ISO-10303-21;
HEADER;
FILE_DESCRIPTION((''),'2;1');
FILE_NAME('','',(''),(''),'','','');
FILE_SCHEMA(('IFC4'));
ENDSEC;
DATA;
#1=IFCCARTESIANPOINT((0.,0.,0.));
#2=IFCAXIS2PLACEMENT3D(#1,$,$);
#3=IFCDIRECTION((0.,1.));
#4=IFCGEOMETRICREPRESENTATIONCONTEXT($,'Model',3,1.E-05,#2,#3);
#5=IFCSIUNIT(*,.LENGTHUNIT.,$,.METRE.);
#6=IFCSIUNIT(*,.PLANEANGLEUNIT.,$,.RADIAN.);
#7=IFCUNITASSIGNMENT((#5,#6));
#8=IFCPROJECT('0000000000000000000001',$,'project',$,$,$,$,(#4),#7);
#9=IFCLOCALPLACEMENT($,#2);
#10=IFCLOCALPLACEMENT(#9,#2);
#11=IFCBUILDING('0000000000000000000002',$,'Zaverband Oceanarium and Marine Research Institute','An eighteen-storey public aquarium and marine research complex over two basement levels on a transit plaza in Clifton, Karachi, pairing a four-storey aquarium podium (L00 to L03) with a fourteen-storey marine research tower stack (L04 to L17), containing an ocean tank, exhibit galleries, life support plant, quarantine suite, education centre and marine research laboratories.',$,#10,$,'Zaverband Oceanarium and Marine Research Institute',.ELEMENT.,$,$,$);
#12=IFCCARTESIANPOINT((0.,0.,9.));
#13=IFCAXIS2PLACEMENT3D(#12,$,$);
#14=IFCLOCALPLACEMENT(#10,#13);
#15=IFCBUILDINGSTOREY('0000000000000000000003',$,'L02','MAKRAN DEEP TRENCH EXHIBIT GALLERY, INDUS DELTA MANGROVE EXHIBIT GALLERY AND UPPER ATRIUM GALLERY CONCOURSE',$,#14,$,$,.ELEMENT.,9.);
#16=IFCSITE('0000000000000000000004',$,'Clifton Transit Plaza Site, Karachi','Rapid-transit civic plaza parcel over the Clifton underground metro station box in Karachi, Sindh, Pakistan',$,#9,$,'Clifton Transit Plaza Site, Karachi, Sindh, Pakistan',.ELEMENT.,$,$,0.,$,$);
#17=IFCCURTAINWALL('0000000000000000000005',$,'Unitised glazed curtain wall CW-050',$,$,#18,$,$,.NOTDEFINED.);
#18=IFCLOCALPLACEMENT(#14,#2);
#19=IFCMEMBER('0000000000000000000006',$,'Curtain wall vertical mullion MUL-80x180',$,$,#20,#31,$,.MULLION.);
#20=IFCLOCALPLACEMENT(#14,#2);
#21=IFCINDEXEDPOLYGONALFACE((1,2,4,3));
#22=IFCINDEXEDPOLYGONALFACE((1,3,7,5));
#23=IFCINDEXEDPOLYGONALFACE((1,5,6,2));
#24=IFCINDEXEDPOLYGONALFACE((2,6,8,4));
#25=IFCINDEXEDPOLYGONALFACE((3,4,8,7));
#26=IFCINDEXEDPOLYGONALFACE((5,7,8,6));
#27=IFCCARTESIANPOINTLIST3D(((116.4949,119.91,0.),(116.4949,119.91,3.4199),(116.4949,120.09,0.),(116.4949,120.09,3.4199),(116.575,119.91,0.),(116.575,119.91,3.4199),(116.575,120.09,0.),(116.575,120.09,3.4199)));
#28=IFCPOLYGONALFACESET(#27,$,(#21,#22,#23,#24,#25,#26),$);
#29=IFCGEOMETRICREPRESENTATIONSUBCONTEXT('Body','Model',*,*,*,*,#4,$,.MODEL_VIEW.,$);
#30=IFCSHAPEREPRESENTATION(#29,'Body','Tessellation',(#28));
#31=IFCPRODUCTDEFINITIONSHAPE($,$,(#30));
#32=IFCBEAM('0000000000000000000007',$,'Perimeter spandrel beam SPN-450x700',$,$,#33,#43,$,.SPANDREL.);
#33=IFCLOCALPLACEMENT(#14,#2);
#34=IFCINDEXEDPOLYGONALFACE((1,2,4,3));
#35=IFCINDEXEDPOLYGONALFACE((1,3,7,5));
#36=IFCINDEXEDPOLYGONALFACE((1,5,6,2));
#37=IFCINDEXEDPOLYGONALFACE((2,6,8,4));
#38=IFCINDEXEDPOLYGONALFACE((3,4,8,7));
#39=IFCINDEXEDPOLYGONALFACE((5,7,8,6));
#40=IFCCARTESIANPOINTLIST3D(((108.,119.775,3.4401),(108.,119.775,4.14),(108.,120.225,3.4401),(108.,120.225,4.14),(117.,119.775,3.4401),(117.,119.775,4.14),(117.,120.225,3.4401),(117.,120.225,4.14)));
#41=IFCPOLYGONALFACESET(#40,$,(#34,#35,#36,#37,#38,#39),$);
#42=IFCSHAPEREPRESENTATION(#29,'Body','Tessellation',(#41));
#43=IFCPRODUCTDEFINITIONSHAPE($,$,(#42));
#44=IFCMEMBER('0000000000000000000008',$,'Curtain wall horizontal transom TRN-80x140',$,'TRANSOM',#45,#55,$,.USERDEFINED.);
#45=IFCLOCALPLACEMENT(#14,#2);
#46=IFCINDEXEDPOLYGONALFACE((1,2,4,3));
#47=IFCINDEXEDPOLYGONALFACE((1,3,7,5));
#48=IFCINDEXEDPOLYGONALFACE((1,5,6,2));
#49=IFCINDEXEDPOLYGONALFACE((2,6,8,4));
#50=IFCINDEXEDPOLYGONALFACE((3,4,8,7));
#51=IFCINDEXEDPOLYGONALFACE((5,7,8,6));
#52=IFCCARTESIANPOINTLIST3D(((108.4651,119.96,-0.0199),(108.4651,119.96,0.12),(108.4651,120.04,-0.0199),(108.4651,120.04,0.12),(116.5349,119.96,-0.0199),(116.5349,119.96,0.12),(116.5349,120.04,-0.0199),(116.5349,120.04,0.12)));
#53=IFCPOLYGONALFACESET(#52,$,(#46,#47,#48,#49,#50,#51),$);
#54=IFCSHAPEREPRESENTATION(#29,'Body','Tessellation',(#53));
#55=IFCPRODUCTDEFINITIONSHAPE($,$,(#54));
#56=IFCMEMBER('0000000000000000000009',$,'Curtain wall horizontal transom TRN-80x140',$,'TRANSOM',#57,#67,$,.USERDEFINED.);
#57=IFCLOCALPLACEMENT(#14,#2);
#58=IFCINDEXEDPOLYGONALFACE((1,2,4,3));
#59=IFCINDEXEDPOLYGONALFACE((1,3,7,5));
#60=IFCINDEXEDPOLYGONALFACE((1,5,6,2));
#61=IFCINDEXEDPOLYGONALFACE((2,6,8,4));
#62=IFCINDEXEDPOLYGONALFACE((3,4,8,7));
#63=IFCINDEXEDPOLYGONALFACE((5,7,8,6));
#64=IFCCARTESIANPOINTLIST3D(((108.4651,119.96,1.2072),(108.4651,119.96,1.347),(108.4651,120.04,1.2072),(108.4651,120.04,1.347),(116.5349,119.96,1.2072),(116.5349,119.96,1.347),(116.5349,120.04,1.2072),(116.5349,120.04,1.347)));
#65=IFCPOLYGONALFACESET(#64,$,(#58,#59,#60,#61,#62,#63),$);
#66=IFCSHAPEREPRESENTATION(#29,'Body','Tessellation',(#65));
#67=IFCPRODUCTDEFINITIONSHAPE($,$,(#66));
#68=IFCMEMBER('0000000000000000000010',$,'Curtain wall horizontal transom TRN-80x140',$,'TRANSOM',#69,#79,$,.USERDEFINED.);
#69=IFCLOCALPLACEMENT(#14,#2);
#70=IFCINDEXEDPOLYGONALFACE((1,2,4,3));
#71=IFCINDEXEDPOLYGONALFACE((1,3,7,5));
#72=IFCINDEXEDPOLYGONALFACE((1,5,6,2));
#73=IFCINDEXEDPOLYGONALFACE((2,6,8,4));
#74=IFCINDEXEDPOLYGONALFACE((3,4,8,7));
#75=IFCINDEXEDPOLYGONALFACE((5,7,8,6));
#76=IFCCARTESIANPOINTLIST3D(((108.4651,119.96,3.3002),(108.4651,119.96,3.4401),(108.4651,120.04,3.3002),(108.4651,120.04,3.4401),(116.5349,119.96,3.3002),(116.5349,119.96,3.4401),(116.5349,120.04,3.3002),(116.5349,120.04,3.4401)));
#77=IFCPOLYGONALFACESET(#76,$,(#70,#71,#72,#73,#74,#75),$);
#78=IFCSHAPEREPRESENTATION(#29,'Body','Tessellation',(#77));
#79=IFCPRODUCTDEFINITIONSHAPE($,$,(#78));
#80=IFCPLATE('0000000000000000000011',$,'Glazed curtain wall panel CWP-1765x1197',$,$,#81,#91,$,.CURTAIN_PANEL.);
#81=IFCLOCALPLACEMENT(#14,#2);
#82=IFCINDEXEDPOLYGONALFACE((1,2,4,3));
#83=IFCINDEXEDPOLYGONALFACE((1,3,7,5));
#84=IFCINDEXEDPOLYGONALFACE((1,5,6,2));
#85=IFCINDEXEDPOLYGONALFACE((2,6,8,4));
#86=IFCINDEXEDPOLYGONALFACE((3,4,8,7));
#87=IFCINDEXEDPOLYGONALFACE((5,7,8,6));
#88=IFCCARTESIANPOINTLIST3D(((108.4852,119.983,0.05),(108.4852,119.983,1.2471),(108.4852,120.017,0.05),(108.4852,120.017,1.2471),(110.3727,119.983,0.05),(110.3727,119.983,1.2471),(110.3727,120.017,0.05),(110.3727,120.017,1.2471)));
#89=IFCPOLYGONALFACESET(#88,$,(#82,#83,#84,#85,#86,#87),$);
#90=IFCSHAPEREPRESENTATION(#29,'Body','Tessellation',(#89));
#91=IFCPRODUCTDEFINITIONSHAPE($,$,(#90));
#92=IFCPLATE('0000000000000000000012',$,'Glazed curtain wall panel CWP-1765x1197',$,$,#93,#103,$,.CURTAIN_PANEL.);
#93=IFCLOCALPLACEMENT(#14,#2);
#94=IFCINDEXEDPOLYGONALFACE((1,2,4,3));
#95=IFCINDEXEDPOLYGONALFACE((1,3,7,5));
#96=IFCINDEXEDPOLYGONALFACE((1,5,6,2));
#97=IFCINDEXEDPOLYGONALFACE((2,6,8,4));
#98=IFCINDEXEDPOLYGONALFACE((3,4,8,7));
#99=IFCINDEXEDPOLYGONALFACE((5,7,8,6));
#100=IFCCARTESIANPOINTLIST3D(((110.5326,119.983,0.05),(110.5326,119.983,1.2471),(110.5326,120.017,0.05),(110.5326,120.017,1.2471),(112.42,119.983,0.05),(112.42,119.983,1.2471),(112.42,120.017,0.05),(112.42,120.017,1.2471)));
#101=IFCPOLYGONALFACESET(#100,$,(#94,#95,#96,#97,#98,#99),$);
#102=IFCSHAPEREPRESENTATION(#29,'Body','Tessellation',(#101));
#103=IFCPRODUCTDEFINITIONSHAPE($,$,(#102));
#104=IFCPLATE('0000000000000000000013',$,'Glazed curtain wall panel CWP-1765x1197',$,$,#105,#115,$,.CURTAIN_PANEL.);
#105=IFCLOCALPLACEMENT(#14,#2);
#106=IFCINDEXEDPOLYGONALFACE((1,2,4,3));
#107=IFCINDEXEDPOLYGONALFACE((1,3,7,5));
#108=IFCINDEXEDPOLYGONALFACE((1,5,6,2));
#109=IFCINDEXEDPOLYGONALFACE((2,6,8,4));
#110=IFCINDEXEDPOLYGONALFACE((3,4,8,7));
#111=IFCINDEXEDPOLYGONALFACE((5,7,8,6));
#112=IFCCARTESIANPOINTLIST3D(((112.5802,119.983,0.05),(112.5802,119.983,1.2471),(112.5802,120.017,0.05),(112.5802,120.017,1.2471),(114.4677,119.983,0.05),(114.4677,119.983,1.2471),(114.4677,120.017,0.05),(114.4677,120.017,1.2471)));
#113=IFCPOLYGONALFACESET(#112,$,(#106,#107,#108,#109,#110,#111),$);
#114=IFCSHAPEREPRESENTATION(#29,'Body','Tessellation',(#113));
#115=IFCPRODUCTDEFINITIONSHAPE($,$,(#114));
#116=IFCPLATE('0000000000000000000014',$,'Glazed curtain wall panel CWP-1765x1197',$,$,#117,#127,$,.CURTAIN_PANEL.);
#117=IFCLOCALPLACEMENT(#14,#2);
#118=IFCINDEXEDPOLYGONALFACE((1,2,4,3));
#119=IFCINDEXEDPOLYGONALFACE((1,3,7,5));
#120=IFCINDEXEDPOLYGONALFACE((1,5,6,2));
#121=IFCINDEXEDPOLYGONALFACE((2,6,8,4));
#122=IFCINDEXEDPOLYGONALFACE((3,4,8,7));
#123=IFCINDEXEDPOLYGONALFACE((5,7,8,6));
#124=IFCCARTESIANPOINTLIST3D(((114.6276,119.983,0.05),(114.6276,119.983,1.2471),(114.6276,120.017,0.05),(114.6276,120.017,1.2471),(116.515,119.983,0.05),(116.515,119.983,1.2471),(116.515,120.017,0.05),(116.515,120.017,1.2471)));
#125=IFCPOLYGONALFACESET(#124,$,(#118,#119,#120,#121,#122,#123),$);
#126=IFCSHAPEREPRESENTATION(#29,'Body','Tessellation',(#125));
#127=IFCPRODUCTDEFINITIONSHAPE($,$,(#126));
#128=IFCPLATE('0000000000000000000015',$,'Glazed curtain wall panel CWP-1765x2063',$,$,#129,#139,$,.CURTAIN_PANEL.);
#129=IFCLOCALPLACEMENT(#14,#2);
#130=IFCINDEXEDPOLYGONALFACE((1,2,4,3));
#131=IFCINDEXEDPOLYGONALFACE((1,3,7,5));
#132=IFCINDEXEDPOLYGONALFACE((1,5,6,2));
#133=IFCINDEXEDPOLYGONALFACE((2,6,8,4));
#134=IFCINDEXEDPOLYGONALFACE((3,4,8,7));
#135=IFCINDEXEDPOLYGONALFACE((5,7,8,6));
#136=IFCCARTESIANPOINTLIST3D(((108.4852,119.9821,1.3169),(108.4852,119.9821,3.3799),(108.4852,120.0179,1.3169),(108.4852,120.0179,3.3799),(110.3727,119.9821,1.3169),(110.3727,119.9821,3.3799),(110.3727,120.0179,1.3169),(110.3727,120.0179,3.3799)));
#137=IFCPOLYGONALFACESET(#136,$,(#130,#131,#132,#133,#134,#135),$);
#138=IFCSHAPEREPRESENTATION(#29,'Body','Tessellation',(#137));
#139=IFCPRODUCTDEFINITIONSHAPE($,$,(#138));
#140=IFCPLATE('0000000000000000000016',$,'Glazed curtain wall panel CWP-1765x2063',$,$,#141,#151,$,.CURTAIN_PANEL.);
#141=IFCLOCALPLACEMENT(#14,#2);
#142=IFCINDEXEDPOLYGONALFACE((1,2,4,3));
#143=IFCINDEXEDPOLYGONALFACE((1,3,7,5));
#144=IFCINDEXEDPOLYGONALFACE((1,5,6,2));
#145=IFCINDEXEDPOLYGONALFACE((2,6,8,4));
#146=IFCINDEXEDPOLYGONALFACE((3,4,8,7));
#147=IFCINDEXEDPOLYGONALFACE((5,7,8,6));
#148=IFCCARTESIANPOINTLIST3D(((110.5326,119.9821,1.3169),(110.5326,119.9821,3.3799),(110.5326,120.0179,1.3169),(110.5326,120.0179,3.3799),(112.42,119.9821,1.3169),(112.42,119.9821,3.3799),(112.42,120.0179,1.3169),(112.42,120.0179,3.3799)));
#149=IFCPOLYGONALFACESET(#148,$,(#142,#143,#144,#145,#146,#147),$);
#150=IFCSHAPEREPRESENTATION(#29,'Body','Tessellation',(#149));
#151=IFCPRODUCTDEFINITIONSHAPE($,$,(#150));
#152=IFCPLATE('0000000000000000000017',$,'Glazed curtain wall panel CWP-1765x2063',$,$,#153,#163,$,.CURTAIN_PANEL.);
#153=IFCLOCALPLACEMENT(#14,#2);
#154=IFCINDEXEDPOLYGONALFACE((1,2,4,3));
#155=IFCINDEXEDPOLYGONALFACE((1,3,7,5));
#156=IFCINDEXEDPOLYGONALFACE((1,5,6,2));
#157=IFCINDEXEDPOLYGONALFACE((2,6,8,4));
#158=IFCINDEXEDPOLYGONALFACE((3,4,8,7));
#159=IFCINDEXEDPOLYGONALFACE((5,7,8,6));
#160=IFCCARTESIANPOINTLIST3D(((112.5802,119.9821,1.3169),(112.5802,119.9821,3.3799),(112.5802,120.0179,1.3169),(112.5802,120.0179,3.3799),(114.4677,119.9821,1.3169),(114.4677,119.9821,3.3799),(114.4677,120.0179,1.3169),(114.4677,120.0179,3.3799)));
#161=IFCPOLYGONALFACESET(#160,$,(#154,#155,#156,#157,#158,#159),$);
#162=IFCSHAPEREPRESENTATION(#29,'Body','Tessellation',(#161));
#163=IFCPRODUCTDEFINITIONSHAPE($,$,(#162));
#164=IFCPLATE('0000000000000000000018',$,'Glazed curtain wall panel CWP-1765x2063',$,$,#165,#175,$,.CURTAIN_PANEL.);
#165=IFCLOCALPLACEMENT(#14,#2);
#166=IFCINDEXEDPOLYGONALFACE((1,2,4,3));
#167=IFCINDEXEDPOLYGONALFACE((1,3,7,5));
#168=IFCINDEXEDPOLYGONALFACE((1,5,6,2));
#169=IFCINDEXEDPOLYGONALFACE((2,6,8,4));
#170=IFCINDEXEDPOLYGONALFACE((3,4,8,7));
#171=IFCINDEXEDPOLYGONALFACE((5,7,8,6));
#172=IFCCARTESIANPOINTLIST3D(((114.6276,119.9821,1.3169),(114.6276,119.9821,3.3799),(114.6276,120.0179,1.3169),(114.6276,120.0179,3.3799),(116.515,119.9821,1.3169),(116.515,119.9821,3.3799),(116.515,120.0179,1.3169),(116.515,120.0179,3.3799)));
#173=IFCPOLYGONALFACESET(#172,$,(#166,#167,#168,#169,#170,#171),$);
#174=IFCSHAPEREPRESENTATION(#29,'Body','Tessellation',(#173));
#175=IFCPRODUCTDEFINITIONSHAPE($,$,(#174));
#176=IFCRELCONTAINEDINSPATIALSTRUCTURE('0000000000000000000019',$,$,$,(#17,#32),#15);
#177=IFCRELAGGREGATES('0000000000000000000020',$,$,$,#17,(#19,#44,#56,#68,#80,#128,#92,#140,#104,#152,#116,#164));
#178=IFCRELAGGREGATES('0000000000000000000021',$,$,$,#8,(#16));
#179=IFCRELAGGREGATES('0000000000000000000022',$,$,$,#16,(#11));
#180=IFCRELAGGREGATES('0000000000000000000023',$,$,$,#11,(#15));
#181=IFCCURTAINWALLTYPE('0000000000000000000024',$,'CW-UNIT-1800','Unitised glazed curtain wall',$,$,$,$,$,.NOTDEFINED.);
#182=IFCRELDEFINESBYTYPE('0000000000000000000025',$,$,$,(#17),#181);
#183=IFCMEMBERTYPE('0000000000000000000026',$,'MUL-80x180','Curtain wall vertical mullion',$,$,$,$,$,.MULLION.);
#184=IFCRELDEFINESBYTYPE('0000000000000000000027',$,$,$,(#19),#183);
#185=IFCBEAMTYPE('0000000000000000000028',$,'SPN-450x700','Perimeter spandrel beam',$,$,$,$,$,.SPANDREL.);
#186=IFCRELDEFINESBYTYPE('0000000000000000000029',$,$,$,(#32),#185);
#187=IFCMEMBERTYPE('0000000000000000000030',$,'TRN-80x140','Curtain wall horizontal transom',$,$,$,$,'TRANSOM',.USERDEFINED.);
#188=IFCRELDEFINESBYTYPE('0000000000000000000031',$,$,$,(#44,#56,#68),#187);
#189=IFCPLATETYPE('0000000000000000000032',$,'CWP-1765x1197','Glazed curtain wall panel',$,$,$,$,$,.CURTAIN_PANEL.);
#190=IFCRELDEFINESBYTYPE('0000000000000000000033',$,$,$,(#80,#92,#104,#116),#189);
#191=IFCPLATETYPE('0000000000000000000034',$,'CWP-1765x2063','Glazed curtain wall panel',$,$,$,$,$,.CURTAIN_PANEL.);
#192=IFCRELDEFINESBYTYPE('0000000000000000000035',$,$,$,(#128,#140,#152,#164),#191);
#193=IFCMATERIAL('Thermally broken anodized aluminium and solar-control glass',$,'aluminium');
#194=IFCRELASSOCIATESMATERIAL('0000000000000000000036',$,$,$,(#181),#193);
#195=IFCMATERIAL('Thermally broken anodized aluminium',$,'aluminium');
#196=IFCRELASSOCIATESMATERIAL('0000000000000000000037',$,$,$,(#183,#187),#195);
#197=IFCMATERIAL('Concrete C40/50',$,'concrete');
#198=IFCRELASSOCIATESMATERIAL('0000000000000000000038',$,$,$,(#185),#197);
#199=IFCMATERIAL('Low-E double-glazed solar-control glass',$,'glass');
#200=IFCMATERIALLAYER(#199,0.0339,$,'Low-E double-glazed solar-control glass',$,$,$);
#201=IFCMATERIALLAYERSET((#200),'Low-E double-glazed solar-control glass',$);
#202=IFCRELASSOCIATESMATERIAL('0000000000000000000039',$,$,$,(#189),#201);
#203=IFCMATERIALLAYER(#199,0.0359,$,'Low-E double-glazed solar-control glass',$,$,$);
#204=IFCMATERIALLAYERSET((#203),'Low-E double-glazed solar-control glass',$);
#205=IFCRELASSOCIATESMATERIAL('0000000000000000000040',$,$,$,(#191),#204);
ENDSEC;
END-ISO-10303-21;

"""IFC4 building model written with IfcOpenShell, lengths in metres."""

from ifc_helpers import new_model, si_unit, direction, frame, frame_2d, origin, origin_2d, place, context, subcontext, project, spatial, rectangle, extrude, material, layer, layer_set, material_profile, profile_set, type_object, element, aggregate, save


model = new_model("IFC4")

# Units and contexts
model_context = context("Model", 3, precision=1e-05, world=origin(), true_north=direction((0.0, 1.0)))
body_context = subcontext(model_context, "Body", "Model", "MODEL_VIEW")
ifc_project = project(units=[si_unit("LENGTHUNIT", "METRE"), si_unit("PLANEANGLEUNIT", "RADIAN")], contexts=[model_context])

# Site, building, storey
site_placement = place(None, origin())
site = spatial("IfcSite", under=ifc_project, at=site_placement, Name="Clifton Transit Plaza Site, Karachi", Description="Rapid-transit civic plaza parcel over the Clifton underground metro station box in Karachi, Sindh, Pakistan", LongName="Clifton Transit Plaza Site, Karachi, Sindh, Pakistan", CompositionType="ELEMENT", RefElevation=0.0)
building_placement = place(site_placement, origin())
building = spatial("IfcBuilding", under=site, at=building_placement, Name="Zaverband Oceanarium and Marine Research Institute", Description="An eighteen-storey public aquarium and marine research complex over two basement levels on a transit plaza in Clifton, Karachi, pairing a four-storey aquarium podium (L00 to L03) with a fourteen-storey marine research tower stack (L04 to L17), containing an ocean tank, exhibit galleries, life support plant, quarantine suite, education centre and marine research laboratories.", LongName="Zaverband Oceanarium and Marine Research Institute", CompositionType="ELEMENT")
storey_placement = place(building_placement, frame((0.0, 0.0, 9.0)))
storey = spatial("IfcBuildingStorey", under=building, at=storey_placement, Name="L02", Description="MAKRAN DEEP TRENCH EXHIBIT GALLERY, INDUS DELTA MANGROVE EXHIBIT GALLERY AND UPPER ATRIUM GALLERY CONCOURSE", CompositionType="ELEMENT", Elevation=9.0)

# Shared definitions
ifc_material_1 = material(Name="Concrete C40/50", Category="concrete")

# Curtain wall, member
ifc_material_2 = material(Name="Thermally broken anodized aluminium and solar-control glass", Category="aluminium")
curtain_wall_type = type_object("IfcCurtainWallType", Name="CW-UNIT-1800", Description="Unitised glazed curtain wall", PredefinedType="NOTDEFINED", material=ifc_material_2)
curtain_wall_placement = place(storey_placement, origin())
curtain_wall = element("IfcCurtainWall", 1, at=curtain_wall_placement, inside=storey, type_object=curtain_wall_type, Name="Unitised glazed curtain wall CW-050", PredefinedType="NOTDEFINED")
ifc_material_3 = material(Name="Thermally broken anodized aluminium", Category="aluminium")
ifc_material_profile_1 = material_profile(ifc_material_3, rectangle(XDim=0.0801, YDim=0.1799, at=origin_2d()), Name="AL-MUL-80x180")
ifc_profile_set_1 = profile_set([ifc_material_profile_1], Name="Thermally broken anodized aluminium")
member_type_1 = type_object("IfcMemberType", Name="MUL-80x180", Description="Curtain wall vertical mullion", PredefinedType="MULLION", material=ifc_profile_set_1)
member_1_placement = place(storey_placement, frame((116.5349, 120.0, 0.0), z_axis=(0.0, 0.0, 1.0), x_axis=(1.0, 0.0, 0.0)))
member_1 = element("IfcMember", 2, at=member_1_placement, type_object=member_type_1, Name="Curtain wall vertical mullion MUL-80x180", PredefinedType="MULLION", context=body_context, shape_type="SweptSolid", body=[
    extrude(rectangle(XDim=0.0801, YDim=0.1799, at=origin_2d()), origin(), (0.0, 0.0, 1.0), 3.4199),
])

# Beam
ifc_material_profile_2 = material_profile(ifc_material_1, rectangle(XDim=0.45, YDim=0.7, at=origin_2d()), Name="RC450x700")
ifc_profile_set_2 = profile_set([ifc_material_profile_2], Name="Concrete C40/50")
beam_type_1 = type_object("IfcBeamType", Name="SPN-450x700", Description="Perimeter spandrel beam", PredefinedType="SPANDREL", material=ifc_profile_set_2)
beam_placement = place(storey_placement, frame((108.0, 120.0, 3.79), z_axis=(1.0, 0.0, 0.0), x_axis=(0.0, 1.0, 0.0)))
element("IfcBeam", 3, at=beam_placement, inside=storey, type_object=beam_type_1, Name="Perimeter spandrel beam SPN-450x700", PredefinedType="SPANDREL", context=body_context, shape_type="SweptSolid", body=[
    extrude(rectangle(XDim=0.45, YDim=0.7, at=origin_2d()), origin(), (0.0, 0.0, 1.0), 9.0),
])

# Members
ifc_material_profile_3 = material_profile(ifc_material_3, rectangle(XDim=0.0801, YDim=0.1399, at=origin_2d()), Name="AL-TRN-80x140")
ifc_profile_set_3 = profile_set([ifc_material_profile_3], Name="Thermally broken anodized aluminium")
member_type_2 = type_object("IfcMemberType", Name="TRN-80x140", Description="Curtain wall horizontal transom", ElementType="TRANSOM", PredefinedType="USERDEFINED", material=ifc_profile_set_3)
member_2_placement = place(storey_placement, frame((108.4651, 120.0, 0.05), z_axis=(1.0, 0.0, 0.0), x_axis=(0.0, 1.0, 0.0)))
member_2 = element("IfcMember", 4, at=member_2_placement, type_object=member_type_2, Name="Curtain wall horizontal transom TRN-80x140", ObjectType="TRANSOM", PredefinedType="USERDEFINED", context=body_context, shape_type="SweptSolid", body=[
    extrude(rectangle(XDim=0.0801, YDim=0.1399, at=origin_2d()), origin(), (0.0, 0.0, 1.0), 8.0698),
])
member_3_placement = place(storey_placement, frame((108.4651, 120.0, 1.2771), z_axis=(1.0, 0.0, 0.0), x_axis=(0.0, 1.0, 0.0)))
member_3 = element("IfcMember", 5, at=member_3_placement, type_object=member_type_2, Name="Curtain wall horizontal transom TRN-80x140", ObjectType="TRANSOM", PredefinedType="USERDEFINED", context=body_context, shape_type="SweptSolid", body=[
    extrude(rectangle(XDim=0.0801, YDim=0.1399, at=origin_2d()), origin(), (0.0, 0.0, 1.0), 8.0698),
])
member_4_placement = place(storey_placement, frame((108.4651, 120.0, 3.3701), z_axis=(1.0, 0.0, 0.0), x_axis=(0.0, 1.0, 0.0)))
member_4 = element("IfcMember", 6, at=member_4_placement, type_object=member_type_2, Name="Curtain wall horizontal transom TRN-80x140", ObjectType="TRANSOM", PredefinedType="USERDEFINED", context=body_context, shape_type="SweptSolid", body=[
    extrude(rectangle(XDim=0.0801, YDim=0.1399, at=origin_2d()), origin(), (0.0, 0.0, 1.0), 8.0698),
])

# Plates
ifc_material_4 = material(Name="Low-E double-glazed solar-control glass", Category="glass")
ifc_layer_1 = layer(ifc_material_4, 0.0339, Name="Low-E double-glazed solar-control glass")
ifc_layer_set_1 = layer_set([ifc_layer_1], Name="Low-E double-glazed solar-control glass")
plate_type_1 = type_object("IfcPlateType", Name="CWP-1765x1197", Description="Glazed curtain wall panel", PredefinedType="CURTAIN_PANEL", material=ifc_layer_set_1)
plate_1_placement = place(storey_placement, frame((108.4851, 120.0, 0.05), z_axis=(0.0, 0.0, 1.0), x_axis=(1.0, 0.0, 0.0)))
plate_1 = element("IfcPlate", 7, at=plate_1_placement, type_object=plate_type_1, Name="Glazed curtain wall panel CWP-1765x1197", PredefinedType="CURTAIN_PANEL", context=body_context, shape_type="SweptSolid", body=[
    extrude(rectangle(XDim=1.8875, YDim=0.0339, at=frame_2d((0.9438, 0.0))), origin(), (0.0, 0.0, 1.0), 1.197),
])
plate_2_placement = place(storey_placement, frame((110.5325, 120.0, 0.05), z_axis=(0.0, 0.0, 1.0), x_axis=(1.0, 0.0, 0.0)))
plate_2 = element("IfcPlate", 8, at=plate_2_placement, type_object=plate_type_1, Name="Glazed curtain wall panel CWP-1765x1197", PredefinedType="CURTAIN_PANEL", context=body_context, shape_type="SweptSolid", body=[
    extrude(rectangle(XDim=1.8875, YDim=0.0339, at=frame_2d((0.9438, 0.0))), origin(), (0.0, 0.0, 1.0), 1.197),
])
plate_3_placement = place(storey_placement, frame((112.5801, 120.0, 0.05), z_axis=(0.0, 0.0, 1.0), x_axis=(1.0, 0.0, 0.0)))
plate_3 = element("IfcPlate", 9, at=plate_3_placement, type_object=plate_type_1, Name="Glazed curtain wall panel CWP-1765x1197", PredefinedType="CURTAIN_PANEL", context=body_context, shape_type="SweptSolid", body=[
    extrude(rectangle(XDim=1.8875, YDim=0.0339, at=frame_2d((0.9438, 0.0))), origin(), (0.0, 0.0, 1.0), 1.197),
])
plate_4_placement = place(storey_placement, frame((114.6274, 120.0, 0.05), z_axis=(0.0, 0.0, 1.0), x_axis=(1.0, 0.0, 0.0)))
plate_4 = element("IfcPlate", 10, at=plate_4_placement, type_object=plate_type_1, Name="Glazed curtain wall panel CWP-1765x1197", PredefinedType="CURTAIN_PANEL", context=body_context, shape_type="SweptSolid", body=[
    extrude(rectangle(XDim=1.8875, YDim=0.0339, at=frame_2d((0.9438, 0.0))), origin(), (0.0, 0.0, 1.0), 1.197),
])
ifc_layer_2 = layer(ifc_material_4, 0.0359, Name="Low-E double-glazed solar-control glass")
ifc_layer_set_2 = layer_set([ifc_layer_2], Name="Low-E double-glazed solar-control glass")
plate_type_2 = type_object("IfcPlateType", Name="CWP-1765x2063", Description="Glazed curtain wall panel", PredefinedType="CURTAIN_PANEL", material=ifc_layer_set_2)
plate_5_placement = place(storey_placement, frame((108.4851, 120.0, 1.3169), z_axis=(0.0, 0.0, 1.0), x_axis=(1.0, 0.0, 0.0)))
plate_5 = element("IfcPlate", 11, at=plate_5_placement, type_object=plate_type_2, Name="Glazed curtain wall panel CWP-1765x2063", PredefinedType="CURTAIN_PANEL", context=body_context, shape_type="SweptSolid", body=[
    extrude(rectangle(XDim=1.8875, YDim=0.0359, at=frame_2d((0.9438, 0.0))), origin(), (0.0, 0.0, 1.0), 2.063),
])
plate_6_placement = place(storey_placement, frame((110.5325, 120.0, 1.3169), z_axis=(0.0, 0.0, 1.0), x_axis=(1.0, 0.0, 0.0)))
plate_6 = element("IfcPlate", 12, at=plate_6_placement, type_object=plate_type_2, Name="Glazed curtain wall panel CWP-1765x2063", PredefinedType="CURTAIN_PANEL", context=body_context, shape_type="SweptSolid", body=[
    extrude(rectangle(XDim=1.8875, YDim=0.0359, at=frame_2d((0.9438, 0.0))), origin(), (0.0, 0.0, 1.0), 2.063),
])
plate_7_placement = place(storey_placement, frame((112.5801, 120.0, 1.3169), z_axis=(0.0, 0.0, 1.0), x_axis=(1.0, 0.0, 0.0)))
plate_7 = element("IfcPlate", 13, at=plate_7_placement, type_object=plate_type_2, Name="Glazed curtain wall panel CWP-1765x2063", PredefinedType="CURTAIN_PANEL", context=body_context, shape_type="SweptSolid", body=[
    extrude(rectangle(XDim=1.8875, YDim=0.0359, at=frame_2d((0.9438, 0.0))), origin(), (0.0, 0.0, 1.0), 2.063),
])
plate_8_placement = place(storey_placement, frame((114.6274, 120.0, 1.3169), z_axis=(0.0, 0.0, 1.0), x_axis=(1.0, 0.0, 0.0)))
plate_8 = element("IfcPlate", 14, at=plate_8_placement, type_object=plate_type_2, Name="Glazed curtain wall panel CWP-1765x2063", PredefinedType="CURTAIN_PANEL", context=body_context, shape_type="SweptSolid", body=[
    extrude(rectangle(XDim=1.8875, YDim=0.0359, at=frame_2d((0.9438, 0.0))), origin(), (0.0, 0.0, 1.0), 2.063),
])
aggregate(curtain_wall, [member_1, member_2, member_3, member_4, plate_1, plate_5, plate_2, plate_6, plate_3, plate_7, plate_4, plate_8])

save(model, "model.ifc")
